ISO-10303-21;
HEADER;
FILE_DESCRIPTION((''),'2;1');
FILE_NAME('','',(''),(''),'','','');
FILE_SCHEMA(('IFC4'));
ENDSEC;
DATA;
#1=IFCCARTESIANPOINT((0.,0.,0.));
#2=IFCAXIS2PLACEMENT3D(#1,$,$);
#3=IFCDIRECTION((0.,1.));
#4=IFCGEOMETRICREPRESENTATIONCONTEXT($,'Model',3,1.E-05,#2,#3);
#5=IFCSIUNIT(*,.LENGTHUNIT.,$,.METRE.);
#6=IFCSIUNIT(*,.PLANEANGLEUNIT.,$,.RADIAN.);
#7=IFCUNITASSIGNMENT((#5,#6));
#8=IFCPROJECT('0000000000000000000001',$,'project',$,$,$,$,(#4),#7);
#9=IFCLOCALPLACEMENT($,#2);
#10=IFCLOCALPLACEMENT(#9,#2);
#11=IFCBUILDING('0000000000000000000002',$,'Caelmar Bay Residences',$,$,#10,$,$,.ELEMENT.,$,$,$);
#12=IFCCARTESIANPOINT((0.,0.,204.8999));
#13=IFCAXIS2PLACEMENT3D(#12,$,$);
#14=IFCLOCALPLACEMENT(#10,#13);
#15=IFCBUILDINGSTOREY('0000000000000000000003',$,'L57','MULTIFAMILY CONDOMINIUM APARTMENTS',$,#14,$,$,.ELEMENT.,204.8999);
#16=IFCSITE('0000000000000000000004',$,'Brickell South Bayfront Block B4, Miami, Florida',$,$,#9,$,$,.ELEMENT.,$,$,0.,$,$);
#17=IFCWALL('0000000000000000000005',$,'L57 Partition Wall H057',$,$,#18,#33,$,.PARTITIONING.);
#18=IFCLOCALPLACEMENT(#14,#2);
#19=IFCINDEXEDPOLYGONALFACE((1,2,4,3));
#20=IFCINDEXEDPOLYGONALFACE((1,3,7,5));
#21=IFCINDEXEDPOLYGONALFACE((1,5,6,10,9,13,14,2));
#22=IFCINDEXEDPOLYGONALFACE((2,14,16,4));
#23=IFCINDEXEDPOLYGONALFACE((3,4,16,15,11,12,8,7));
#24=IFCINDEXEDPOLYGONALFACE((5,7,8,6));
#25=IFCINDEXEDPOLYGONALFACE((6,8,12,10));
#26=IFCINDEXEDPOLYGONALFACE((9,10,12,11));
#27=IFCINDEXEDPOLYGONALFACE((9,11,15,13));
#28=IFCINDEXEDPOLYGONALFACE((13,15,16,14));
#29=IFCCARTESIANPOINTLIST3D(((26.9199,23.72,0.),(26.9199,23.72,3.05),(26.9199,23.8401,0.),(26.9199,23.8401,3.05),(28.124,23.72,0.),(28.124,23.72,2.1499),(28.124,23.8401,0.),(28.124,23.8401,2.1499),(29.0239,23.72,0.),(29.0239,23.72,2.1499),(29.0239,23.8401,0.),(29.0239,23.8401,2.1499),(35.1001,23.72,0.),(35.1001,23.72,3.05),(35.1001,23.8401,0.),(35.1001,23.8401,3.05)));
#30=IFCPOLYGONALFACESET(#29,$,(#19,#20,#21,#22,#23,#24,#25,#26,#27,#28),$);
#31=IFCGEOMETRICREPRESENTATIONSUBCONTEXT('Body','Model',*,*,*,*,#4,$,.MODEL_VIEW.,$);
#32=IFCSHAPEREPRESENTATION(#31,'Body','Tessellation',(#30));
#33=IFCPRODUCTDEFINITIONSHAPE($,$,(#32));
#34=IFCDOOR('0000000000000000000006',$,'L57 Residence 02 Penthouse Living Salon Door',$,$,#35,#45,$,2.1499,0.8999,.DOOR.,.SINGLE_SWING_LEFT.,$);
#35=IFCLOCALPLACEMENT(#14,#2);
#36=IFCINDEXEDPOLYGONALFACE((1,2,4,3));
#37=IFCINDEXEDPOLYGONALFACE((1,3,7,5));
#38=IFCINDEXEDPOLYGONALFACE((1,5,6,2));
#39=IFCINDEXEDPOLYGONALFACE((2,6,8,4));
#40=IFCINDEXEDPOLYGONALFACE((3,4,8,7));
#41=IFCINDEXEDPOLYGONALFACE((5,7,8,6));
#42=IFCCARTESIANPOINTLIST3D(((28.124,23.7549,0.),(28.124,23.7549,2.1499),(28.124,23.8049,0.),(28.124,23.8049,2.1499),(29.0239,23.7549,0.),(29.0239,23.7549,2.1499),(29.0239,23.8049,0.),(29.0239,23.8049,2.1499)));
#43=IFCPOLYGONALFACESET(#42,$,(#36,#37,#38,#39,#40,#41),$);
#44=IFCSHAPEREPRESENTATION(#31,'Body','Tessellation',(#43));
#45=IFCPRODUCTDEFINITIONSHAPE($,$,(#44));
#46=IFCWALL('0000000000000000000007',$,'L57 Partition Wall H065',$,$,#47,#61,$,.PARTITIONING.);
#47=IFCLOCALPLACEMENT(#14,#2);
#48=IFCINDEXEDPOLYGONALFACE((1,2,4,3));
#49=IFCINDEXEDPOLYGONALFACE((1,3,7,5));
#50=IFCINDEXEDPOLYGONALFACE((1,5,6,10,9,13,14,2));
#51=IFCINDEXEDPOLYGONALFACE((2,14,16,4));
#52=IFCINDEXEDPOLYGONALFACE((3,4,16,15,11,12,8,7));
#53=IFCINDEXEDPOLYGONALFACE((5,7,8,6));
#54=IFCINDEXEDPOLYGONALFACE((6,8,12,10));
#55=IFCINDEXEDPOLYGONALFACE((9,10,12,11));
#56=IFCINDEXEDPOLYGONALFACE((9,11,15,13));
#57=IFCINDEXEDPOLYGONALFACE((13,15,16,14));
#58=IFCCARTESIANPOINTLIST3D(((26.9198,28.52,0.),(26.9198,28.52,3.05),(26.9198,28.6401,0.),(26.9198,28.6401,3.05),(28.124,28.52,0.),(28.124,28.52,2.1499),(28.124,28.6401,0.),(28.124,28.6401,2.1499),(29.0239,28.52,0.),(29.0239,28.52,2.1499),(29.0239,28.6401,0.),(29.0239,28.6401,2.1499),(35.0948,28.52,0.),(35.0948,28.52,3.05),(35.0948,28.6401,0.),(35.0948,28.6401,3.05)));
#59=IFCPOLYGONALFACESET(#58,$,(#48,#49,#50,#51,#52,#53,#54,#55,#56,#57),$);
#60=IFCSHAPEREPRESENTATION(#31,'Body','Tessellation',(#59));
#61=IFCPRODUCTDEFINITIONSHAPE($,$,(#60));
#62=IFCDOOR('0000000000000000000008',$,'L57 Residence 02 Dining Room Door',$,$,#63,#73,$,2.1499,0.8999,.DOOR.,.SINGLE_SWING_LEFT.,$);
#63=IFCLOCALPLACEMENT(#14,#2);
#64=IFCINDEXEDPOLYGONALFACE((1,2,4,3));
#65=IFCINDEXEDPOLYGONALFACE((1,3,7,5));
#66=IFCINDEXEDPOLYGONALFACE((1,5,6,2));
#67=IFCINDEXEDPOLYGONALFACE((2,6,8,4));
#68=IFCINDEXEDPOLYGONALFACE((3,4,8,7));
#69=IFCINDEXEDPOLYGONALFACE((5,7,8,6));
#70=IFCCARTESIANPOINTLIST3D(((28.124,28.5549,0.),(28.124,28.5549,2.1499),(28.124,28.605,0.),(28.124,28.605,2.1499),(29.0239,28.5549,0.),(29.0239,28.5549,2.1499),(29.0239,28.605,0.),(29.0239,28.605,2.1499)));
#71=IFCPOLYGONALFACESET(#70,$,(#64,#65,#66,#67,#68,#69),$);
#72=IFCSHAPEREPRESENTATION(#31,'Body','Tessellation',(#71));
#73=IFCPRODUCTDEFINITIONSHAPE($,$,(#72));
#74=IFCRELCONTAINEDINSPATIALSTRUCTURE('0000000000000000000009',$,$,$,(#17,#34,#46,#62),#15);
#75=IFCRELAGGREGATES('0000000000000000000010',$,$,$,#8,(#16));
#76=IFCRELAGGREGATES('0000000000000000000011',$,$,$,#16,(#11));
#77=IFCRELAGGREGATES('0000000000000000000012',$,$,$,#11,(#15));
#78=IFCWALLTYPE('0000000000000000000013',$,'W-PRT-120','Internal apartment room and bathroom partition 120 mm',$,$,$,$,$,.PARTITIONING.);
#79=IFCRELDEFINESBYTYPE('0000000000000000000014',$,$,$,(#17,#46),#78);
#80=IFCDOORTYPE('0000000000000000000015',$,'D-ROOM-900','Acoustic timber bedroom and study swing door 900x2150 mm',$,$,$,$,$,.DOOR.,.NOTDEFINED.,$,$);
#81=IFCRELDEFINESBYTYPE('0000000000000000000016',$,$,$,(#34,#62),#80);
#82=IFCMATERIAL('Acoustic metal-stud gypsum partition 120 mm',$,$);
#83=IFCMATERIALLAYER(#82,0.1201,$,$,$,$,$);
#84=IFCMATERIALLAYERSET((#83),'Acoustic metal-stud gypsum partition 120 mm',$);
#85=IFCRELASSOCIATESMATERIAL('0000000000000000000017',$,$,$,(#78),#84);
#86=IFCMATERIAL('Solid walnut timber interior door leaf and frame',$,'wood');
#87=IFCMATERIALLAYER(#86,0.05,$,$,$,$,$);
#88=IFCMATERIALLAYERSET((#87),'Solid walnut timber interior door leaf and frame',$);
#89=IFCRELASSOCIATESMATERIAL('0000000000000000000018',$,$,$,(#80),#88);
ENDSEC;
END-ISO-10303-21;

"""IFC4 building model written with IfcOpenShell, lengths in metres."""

from ifc_helpers import new_model, si_unit, direction, frame, frame_2d, origin, place, context, subcontext, project, spatial, rectangle, extrude, material, layer, layer_set, type_object, element, fill, save


model = new_model("IFC4")

# Units and contexts
model_context = context("Model", 3, precision=1e-05, world=origin(), true_north=direction((0.0, 1.0)))
body_context = subcontext(model_context, "Body", "Model", "MODEL_VIEW")
ifc_project = project(units=[si_unit("LENGTHUNIT", "METRE"), si_unit("PLANEANGLEUNIT", "RADIAN")], contexts=[model_context])

# Site, building, storey
site_placement = place(None, origin())
site = spatial("IfcSite", under=ifc_project, at=site_placement, Name="Brickell South Bayfront Block B4, Miami, Florida", CompositionType="ELEMENT", RefElevation=0.0)
building_placement = place(site_placement, origin())
building = spatial("IfcBuilding", under=site, at=building_placement, Name="Caelmar Bay Residences", CompositionType="ELEMENT")
storey_placement = place(building_placement, frame((0.0, 0.0, 204.8999)))
storey = spatial("IfcBuildingStorey", under=building, at=storey_placement, Name="L57", Description="MULTIFAMILY CONDOMINIUM APARTMENTS", CompositionType="ELEMENT", Elevation=204.8999)

# Walls, openings, doors
ifc_material_1 = material(Name="Acoustic metal-stud gypsum partition 120 mm")
ifc_layer_1 = layer(ifc_material_1, 0.1201)
ifc_layer_set_1 = layer_set([ifc_layer_1], Name="Acoustic metal-stud gypsum partition 120 mm")
wall_type_1 = type_object("IfcWallType", Name="W-PRT-120", Description="Internal apartment room and bathroom partition 120 mm", PredefinedType="PARTITIONING", material=ifc_layer_set_1)
ifc_material_2 = material(Name="Solid walnut timber interior door leaf and frame", Category="wood")
ifc_layer_2 = layer(ifc_material_2, 0.05)
ifc_layer_set_2 = layer_set([ifc_layer_2], Name="Solid walnut timber interior door leaf and frame")
door_type_1 = type_object("IfcDoorType", Name="D-ROOM-900", Description="Acoustic timber bedroom and study swing door 900x2150 mm", OperationType="NOTDEFINED", PredefinedType="DOOR", material=ifc_layer_set_2)
wall_1_placement = place(storey_placement, frame((26.9199, 23.78, 0.0), z_axis=(0.0, 0.0, 1.0), x_axis=(1.0, 0.0, 0.0)))
wall_1 = element("IfcWall", 1, at=wall_1_placement, inside=storey, type_object=wall_type_1, Name="L57 Partition Wall H057", PredefinedType="PARTITIONING", context=body_context, shape_type="SweptSolid", body=[
    extrude(rectangle(XDim=8.1802, YDim=0.1201, at=frame_2d((4.0901, 0.0))), origin(), (0.0, 0.0, 1.0), 3.05),
])
opening_1_placement = place(wall_1_placement, frame((1.2041, 0.0, 0.0)))
opening_1 = element("IfcOpeningElement", 2, at=opening_1_placement, cuts=wall_1, PredefinedType="OPENING", context=body_context, shape_type="SweptSolid", body=[
    extrude(rectangle(XDim=0.8999, YDim=2.1499, at=frame_2d((0.45, 1.075))), frame((0.0, 0.0701, 0.0), z_axis=(0.0, -1.0, 0.0), x_axis=(1.0, 0.0, 0.0)), (0.0, 0.0, 1.0), 0.1401),
])
door_1_placement = place(opening_1_placement, origin())
door_1 = element("IfcDoor", 3, at=door_1_placement, inside=storey, type_object=door_type_1, Name="L57 Residence 02 Penthouse Living Salon Door", OperationType="SINGLE_SWING_LEFT", OverallHeight=2.1499, OverallWidth=0.8999, PredefinedType="DOOR", context=body_context, shape_type="SweptSolid", body=[
    extrude(rectangle(XDim=0.8999, YDim=2.1499, at=frame_2d((0.45, 1.075))), frame((0.0, 0.0249, 0.0), z_axis=(0.0, -1.0, 0.0), x_axis=(1.0, 0.0, 0.0)), (0.0, 0.0, 1.0), 0.05),
])
fill(opening_1, door_1)
wall_2_placement = place(storey_placement, frame((26.9199, 28.5801, 0.0), z_axis=(0.0, 0.0, 1.0), x_axis=(1.0, 0.0, 0.0)))
wall_2 = element("IfcWall", 4, at=wall_2_placement, inside=storey, type_object=wall_type_1, Name="L57 Partition Wall H065", PredefinedType="PARTITIONING", context=body_context, shape_type="SweptSolid", body=[
    extrude(rectangle(XDim=8.175, YDim=0.1201, at=frame_2d((4.0874, 0.0))), origin(), (0.0, 0.0, 1.0), 3.05),
])
opening_2_placement = place(wall_2_placement, frame((1.2041, 0.0, 0.0)))
opening_2 = element("IfcOpeningElement", 5, at=opening_2_placement, cuts=wall_2, PredefinedType="OPENING", context=body_context, shape_type="SweptSolid", body=[
    extrude(rectangle(XDim=0.8999, YDim=2.1499, at=frame_2d((0.45, 1.075))), frame((0.0, 0.0701, 0.0), z_axis=(0.0, -1.0, 0.0), x_axis=(1.0, 0.0, 0.0)), (0.0, 0.0, 1.0), 0.1401),
])
door_2_placement = place(opening_2_placement, origin())
door_2 = element("IfcDoor", 6, at=door_2_placement, inside=storey, type_object=door_type_1, Name="L57 Residence 02 Dining Room Door", OperationType="SINGLE_SWING_LEFT", OverallHeight=2.1499, OverallWidth=0.8999, PredefinedType="DOOR", context=body_context, shape_type="SweptSolid", body=[
    extrude(rectangle(XDim=0.8999, YDim=2.1499, at=frame_2d((0.45, 1.075))), frame((0.0, 0.0249, 0.0), z_axis=(0.0, -1.0, 0.0), x_axis=(1.0, 0.0, 0.0)), (0.0, 0.0, 1.0), 0.05),
])
fill(opening_2, door_2)

save(model, "model.ifc")
